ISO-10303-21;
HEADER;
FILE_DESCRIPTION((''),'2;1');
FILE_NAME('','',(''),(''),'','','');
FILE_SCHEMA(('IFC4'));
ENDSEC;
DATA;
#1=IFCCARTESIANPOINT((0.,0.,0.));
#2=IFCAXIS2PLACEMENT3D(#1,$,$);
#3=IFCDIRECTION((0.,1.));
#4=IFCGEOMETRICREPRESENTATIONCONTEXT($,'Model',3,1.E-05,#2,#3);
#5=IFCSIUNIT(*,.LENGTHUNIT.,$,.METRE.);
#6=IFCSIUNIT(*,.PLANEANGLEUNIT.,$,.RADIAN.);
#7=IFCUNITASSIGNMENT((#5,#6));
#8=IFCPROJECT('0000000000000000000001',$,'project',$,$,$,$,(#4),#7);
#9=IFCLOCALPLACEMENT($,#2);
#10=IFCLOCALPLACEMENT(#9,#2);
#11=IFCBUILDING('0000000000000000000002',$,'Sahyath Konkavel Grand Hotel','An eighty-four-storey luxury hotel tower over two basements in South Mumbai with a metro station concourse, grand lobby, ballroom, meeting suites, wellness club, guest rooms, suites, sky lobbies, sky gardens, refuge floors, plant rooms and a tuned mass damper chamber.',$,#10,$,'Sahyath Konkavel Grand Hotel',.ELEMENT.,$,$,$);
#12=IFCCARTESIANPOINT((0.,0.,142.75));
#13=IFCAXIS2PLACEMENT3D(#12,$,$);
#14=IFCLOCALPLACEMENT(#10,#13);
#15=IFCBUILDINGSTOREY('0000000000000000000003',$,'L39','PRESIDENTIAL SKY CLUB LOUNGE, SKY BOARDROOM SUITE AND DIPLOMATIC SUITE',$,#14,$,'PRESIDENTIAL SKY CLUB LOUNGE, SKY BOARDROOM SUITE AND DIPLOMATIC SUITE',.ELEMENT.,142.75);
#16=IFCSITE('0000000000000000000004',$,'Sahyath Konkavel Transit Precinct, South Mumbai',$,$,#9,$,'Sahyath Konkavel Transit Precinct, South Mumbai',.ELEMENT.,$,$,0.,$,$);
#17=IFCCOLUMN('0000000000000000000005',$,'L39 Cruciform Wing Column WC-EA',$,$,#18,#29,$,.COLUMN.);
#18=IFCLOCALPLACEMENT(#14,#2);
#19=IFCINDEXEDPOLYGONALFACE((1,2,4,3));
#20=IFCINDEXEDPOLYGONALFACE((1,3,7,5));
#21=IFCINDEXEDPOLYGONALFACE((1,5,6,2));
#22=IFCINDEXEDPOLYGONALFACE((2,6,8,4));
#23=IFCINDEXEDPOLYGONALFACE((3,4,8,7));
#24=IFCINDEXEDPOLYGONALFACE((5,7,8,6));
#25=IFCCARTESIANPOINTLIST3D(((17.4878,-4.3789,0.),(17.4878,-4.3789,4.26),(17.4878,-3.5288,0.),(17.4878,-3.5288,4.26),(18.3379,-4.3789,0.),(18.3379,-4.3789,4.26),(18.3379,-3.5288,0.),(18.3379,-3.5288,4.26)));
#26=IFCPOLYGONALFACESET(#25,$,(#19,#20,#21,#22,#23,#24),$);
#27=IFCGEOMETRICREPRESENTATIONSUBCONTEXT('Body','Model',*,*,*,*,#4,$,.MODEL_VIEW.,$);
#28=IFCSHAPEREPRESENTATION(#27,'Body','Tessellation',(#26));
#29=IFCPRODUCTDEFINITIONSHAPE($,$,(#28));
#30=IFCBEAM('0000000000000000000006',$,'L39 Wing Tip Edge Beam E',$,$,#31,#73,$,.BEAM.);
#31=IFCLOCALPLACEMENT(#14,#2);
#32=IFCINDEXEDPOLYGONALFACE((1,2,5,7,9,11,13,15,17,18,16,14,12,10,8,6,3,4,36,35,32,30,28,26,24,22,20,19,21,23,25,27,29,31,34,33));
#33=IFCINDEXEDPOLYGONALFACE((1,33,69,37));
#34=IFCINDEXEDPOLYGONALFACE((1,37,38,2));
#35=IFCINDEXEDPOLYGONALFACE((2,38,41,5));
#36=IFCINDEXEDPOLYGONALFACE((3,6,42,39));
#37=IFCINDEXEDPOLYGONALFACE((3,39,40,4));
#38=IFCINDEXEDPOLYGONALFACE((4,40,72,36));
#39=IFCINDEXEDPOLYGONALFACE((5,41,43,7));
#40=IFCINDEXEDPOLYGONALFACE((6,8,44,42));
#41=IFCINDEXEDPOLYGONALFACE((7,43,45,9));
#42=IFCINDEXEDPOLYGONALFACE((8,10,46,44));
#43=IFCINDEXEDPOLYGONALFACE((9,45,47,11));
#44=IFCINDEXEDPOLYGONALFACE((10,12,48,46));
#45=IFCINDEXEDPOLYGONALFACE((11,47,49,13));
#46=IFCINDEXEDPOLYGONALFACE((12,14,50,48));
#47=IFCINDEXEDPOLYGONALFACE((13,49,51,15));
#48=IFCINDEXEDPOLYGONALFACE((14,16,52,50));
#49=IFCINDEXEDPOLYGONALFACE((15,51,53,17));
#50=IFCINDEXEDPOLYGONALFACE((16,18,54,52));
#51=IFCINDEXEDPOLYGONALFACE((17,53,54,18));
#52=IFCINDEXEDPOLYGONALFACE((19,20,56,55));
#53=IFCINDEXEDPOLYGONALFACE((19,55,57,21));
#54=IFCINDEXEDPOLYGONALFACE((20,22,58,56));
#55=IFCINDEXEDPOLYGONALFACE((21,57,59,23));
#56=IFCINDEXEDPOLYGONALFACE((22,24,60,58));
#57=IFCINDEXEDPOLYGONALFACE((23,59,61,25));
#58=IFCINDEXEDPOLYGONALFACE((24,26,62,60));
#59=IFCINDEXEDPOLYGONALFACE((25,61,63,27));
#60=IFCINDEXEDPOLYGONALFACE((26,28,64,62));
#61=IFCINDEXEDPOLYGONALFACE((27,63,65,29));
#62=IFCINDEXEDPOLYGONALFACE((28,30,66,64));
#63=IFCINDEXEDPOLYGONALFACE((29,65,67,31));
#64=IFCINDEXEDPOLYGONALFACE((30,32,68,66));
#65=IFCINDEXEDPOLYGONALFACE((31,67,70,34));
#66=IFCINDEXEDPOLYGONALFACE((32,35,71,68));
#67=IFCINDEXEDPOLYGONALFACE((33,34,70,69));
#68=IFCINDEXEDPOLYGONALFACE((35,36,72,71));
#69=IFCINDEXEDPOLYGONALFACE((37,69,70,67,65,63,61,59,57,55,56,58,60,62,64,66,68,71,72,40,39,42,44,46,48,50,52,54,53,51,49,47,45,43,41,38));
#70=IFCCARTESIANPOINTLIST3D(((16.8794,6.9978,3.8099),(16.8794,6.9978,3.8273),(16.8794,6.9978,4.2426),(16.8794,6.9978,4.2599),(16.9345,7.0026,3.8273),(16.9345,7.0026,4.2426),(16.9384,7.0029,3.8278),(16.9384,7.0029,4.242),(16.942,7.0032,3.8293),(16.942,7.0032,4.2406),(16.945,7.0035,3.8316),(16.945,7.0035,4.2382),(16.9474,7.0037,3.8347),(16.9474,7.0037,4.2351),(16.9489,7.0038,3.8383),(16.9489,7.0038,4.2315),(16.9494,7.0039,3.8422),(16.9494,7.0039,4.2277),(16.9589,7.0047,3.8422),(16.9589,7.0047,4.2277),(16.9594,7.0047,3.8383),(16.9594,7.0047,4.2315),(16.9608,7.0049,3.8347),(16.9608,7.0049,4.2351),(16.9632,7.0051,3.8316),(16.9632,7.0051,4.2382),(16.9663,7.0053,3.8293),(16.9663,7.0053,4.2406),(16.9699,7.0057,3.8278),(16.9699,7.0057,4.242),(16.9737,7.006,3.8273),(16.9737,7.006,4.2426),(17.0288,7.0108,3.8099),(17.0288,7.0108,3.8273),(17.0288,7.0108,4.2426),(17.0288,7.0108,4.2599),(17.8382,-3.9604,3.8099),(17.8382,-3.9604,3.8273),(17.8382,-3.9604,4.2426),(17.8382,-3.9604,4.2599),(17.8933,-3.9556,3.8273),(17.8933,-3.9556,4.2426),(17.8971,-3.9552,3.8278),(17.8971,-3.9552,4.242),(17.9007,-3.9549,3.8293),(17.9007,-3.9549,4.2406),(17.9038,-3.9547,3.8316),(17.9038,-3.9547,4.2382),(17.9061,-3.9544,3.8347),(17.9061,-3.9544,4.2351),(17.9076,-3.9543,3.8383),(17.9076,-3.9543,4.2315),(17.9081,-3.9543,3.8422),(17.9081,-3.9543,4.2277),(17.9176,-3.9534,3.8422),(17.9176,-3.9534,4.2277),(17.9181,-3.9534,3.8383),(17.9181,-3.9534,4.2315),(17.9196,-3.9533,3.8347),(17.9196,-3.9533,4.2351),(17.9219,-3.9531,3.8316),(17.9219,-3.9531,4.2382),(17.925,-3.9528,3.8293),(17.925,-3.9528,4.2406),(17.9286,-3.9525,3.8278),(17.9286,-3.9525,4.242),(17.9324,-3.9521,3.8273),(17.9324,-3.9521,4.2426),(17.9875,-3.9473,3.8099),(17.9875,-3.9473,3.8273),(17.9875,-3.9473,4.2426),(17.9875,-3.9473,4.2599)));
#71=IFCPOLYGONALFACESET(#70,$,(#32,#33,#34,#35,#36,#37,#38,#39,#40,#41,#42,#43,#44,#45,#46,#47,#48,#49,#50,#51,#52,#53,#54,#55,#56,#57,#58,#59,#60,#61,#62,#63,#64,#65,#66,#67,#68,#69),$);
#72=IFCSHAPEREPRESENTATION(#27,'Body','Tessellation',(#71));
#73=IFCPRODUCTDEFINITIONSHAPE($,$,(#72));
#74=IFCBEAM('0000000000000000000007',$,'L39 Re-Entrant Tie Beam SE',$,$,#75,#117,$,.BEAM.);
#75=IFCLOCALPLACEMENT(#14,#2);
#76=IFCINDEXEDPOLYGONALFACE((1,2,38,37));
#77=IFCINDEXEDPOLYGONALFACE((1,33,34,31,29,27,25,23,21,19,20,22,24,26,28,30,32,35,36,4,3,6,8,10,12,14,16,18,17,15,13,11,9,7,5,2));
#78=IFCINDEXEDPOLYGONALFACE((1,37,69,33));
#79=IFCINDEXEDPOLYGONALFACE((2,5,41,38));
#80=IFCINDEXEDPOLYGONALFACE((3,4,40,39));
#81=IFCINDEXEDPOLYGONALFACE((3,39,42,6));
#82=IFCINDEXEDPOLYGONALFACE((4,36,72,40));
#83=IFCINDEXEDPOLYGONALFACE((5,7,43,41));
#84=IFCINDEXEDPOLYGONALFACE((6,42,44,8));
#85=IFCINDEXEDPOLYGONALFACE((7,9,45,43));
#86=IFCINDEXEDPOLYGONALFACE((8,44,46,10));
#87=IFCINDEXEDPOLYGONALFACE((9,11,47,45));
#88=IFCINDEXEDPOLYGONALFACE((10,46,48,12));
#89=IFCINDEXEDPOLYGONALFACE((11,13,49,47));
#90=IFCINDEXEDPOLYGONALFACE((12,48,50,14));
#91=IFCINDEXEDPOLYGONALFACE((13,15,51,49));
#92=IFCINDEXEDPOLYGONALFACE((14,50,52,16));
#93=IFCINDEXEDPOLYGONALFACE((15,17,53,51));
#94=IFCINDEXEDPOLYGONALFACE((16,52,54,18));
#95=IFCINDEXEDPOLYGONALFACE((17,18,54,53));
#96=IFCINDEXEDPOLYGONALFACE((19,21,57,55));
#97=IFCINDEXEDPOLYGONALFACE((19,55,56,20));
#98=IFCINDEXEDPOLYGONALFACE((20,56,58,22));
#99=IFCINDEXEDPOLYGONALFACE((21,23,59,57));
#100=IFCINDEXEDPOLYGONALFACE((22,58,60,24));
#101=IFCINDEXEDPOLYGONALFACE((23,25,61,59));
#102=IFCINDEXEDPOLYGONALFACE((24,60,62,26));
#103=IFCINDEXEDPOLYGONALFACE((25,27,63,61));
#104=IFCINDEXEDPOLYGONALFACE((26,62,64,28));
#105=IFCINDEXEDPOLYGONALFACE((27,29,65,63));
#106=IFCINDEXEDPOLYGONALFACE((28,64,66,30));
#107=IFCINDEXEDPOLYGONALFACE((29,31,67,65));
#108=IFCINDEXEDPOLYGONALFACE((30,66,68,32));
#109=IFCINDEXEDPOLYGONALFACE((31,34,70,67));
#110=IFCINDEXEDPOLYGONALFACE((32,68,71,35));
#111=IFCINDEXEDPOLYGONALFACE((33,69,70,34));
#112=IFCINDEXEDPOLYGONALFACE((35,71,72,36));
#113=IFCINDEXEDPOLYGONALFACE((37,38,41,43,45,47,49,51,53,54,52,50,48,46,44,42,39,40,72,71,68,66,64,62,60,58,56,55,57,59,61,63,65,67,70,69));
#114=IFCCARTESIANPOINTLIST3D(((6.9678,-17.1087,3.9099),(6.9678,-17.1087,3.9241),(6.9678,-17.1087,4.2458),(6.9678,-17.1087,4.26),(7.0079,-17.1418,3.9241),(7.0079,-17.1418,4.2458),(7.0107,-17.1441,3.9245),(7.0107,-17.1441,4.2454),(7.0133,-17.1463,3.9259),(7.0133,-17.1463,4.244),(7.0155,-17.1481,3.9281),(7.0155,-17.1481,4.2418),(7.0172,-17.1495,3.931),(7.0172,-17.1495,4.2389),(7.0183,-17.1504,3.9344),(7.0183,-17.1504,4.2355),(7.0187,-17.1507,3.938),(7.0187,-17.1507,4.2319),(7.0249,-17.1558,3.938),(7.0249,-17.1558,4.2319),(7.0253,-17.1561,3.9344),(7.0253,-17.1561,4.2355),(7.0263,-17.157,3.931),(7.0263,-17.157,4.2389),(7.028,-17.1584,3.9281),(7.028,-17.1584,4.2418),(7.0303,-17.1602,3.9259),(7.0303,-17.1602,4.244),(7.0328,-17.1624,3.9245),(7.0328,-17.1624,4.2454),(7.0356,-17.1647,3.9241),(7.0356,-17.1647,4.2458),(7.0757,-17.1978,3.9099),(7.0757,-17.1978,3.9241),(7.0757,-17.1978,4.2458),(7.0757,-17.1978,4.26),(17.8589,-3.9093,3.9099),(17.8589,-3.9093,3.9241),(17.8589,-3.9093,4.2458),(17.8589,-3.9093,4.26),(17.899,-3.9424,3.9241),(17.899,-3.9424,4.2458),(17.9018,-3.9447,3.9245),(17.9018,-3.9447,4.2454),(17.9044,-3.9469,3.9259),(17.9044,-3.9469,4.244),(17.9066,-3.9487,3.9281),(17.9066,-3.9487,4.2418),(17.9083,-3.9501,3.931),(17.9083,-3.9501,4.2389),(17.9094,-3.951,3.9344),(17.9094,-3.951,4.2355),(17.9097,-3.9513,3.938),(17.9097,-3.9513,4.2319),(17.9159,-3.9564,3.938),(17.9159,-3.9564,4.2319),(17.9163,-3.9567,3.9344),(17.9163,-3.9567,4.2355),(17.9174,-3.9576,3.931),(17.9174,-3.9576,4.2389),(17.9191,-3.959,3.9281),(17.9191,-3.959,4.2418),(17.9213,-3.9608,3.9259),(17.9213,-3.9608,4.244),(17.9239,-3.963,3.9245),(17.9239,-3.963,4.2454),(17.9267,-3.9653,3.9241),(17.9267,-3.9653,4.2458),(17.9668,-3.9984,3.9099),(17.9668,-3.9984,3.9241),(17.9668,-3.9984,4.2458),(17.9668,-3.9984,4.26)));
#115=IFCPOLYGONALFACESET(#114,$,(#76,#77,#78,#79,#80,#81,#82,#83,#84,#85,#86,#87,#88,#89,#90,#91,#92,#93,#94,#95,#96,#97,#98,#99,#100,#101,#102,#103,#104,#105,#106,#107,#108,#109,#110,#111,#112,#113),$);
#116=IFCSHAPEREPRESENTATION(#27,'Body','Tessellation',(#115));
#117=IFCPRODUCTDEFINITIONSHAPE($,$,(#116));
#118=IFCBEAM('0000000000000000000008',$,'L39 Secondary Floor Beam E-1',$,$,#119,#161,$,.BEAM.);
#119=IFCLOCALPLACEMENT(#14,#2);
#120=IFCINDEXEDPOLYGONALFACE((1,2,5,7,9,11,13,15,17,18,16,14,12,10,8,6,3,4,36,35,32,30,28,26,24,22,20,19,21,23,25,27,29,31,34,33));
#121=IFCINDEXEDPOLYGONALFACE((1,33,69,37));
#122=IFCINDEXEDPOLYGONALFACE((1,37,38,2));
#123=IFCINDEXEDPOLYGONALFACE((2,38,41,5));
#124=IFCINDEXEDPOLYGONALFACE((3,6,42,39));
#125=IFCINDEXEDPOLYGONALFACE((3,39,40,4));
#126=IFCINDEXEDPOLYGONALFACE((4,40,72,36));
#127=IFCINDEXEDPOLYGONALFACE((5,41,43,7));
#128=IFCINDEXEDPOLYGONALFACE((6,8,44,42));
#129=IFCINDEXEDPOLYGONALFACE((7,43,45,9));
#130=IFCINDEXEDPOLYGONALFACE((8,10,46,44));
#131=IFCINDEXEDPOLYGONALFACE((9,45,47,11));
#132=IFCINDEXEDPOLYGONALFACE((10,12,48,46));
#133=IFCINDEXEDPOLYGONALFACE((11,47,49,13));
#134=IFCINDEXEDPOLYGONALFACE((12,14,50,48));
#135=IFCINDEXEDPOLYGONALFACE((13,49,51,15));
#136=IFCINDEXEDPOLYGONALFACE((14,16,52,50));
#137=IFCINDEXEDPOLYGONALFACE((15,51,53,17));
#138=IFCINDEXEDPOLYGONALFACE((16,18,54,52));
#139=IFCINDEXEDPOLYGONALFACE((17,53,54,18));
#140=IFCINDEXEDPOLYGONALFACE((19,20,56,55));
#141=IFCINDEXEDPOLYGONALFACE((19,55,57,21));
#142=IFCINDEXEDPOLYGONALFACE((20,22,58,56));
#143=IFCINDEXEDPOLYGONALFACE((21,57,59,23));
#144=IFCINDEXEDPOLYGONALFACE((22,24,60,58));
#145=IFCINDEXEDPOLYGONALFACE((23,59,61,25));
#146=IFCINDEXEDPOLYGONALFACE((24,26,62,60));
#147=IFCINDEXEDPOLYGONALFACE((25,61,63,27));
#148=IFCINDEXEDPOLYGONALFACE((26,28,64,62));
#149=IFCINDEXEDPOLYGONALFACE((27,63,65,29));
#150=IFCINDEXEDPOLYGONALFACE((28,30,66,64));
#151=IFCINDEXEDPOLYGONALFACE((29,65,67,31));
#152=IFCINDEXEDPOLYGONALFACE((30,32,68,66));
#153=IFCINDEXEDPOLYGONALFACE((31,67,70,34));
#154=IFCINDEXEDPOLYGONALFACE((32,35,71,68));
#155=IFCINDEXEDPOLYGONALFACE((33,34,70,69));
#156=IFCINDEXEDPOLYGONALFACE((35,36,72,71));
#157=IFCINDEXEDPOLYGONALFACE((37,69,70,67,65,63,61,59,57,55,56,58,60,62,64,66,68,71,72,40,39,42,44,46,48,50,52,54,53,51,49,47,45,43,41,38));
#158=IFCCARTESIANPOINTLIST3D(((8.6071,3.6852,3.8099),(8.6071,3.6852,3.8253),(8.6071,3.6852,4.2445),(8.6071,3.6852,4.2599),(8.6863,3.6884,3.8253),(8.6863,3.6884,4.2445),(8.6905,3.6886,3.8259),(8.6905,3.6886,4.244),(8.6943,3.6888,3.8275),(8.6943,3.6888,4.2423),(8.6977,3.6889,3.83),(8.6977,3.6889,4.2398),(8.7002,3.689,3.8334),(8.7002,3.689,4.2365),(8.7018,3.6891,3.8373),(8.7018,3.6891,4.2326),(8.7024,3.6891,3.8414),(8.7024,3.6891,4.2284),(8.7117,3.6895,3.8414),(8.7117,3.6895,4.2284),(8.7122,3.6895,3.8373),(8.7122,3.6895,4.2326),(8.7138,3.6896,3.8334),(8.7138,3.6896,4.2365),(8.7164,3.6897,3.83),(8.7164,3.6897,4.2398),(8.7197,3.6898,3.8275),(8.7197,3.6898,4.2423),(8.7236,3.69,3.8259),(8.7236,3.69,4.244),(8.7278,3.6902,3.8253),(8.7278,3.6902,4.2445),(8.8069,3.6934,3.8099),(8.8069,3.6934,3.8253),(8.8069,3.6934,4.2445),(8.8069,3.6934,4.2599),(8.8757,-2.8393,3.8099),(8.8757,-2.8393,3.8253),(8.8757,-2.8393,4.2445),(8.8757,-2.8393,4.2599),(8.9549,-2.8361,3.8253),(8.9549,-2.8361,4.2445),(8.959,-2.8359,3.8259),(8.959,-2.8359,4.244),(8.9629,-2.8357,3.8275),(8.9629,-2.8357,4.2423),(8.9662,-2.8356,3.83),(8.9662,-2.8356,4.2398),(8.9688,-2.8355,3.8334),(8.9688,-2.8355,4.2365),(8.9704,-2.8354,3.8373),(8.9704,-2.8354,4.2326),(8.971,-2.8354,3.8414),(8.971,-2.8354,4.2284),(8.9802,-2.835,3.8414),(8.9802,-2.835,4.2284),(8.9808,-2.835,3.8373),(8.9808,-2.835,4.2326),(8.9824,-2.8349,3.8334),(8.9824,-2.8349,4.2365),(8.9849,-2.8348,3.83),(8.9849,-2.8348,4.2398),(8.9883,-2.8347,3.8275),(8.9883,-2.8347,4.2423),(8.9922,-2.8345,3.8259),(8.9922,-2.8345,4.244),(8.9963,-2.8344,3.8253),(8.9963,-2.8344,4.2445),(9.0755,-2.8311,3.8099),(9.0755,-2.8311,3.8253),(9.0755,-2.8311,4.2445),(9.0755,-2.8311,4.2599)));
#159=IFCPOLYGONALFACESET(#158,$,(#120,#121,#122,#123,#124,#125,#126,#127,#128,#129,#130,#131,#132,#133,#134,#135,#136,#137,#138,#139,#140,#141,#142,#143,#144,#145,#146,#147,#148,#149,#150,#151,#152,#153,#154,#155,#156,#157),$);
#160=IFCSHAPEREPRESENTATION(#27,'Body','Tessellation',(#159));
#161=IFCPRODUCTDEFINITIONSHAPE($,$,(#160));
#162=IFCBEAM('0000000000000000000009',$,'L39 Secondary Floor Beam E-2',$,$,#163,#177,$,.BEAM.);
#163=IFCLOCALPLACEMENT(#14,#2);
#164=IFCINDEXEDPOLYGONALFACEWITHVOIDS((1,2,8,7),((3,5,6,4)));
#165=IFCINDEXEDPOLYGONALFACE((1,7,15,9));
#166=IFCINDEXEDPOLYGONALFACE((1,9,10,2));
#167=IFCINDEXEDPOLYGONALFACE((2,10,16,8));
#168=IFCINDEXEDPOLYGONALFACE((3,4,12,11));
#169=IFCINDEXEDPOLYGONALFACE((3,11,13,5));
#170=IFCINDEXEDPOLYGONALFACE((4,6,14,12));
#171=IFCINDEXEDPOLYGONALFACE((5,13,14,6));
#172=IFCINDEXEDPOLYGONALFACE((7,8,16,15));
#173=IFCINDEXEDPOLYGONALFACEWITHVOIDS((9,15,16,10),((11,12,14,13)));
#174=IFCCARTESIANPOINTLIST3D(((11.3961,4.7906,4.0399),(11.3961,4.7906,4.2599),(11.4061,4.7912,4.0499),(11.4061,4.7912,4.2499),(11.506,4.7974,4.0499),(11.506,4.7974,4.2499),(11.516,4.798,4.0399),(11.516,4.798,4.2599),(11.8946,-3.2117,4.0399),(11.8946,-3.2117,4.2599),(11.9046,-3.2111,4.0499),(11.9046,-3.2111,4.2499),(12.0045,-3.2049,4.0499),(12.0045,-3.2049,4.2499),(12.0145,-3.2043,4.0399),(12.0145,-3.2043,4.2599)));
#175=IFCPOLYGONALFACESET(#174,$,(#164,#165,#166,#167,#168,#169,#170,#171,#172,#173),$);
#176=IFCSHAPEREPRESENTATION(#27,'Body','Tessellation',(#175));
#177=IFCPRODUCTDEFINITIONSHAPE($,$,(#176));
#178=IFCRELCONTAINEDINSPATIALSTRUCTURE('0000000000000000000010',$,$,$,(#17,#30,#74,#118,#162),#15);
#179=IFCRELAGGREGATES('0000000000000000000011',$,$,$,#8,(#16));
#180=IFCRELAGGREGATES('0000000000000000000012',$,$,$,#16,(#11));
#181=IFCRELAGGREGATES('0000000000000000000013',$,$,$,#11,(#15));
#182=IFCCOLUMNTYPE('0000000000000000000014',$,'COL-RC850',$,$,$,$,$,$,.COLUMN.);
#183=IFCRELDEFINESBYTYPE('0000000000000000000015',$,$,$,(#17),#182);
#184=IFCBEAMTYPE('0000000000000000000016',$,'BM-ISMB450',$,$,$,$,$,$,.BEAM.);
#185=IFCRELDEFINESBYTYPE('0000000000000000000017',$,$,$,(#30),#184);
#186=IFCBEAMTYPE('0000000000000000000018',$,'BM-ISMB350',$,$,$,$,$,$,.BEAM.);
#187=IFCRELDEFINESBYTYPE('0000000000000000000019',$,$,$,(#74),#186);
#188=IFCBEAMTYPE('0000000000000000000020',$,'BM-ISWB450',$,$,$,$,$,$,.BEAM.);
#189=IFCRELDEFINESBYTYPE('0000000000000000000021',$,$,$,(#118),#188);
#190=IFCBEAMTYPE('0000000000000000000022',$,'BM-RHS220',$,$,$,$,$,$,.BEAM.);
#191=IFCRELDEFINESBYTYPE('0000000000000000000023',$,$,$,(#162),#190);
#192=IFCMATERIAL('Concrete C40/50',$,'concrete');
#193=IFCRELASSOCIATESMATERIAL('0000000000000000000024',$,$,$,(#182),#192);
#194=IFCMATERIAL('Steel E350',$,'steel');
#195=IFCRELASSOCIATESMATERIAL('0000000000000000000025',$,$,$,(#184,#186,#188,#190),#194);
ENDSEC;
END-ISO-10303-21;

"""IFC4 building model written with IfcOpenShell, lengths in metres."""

from ifc_helpers import new_model, si_unit, direction, frame, origin, origin_2d, place, context, subcontext, project, spatial, rectangle, hollow_rectangle, i_section, extrude, source, transform, mapped, material, material_profile, profile_set, type_object, element, save


model = new_model("IFC4")

# Units and contexts
model_context = context("Model", 3, precision=1e-05, world=origin(), true_north=direction((0.0, 1.0)))
body_context = subcontext(model_context, "Body", "Model", "MODEL_VIEW")
ifc_project = project(units=[si_unit("LENGTHUNIT", "METRE"), si_unit("PLANEANGLEUNIT", "RADIAN")], contexts=[model_context])

# Site, building, storey
site_placement = place(None, origin())
site = spatial("IfcSite", under=ifc_project, at=site_placement, Name="Sahyath Konkavel Transit Precinct, South Mumbai", LongName="Sahyath Konkavel Transit Precinct, South Mumbai", CompositionType="ELEMENT", RefElevation=0.0)
building_placement = place(site_placement, origin())
building = spatial("IfcBuilding", under=site, at=building_placement, Name="Sahyath Konkavel Grand Hotel", Description="An eighty-four-storey luxury hotel tower over two basements in South Mumbai with a metro station concourse, grand lobby, ballroom, meeting suites, wellness club, guest rooms, suites, sky lobbies, sky gardens, refuge floors, plant rooms and a tuned mass damper chamber.", LongName="Sahyath Konkavel Grand Hotel", CompositionType="ELEMENT")
storey_placement = place(building_placement, frame((0.0, 0.0, 142.75)))
storey = spatial("IfcBuildingStorey", under=building, at=storey_placement, Name="L39", Description="PRESIDENTIAL SKY CLUB LOUNGE, SKY BOARDROOM SUITE AND DIPLOMATIC SUITE", LongName="PRESIDENTIAL SKY CLUB LOUNGE, SKY BOARDROOM SUITE AND DIPLOMATIC SUITE", CompositionType="ELEMENT", Elevation=142.75)

# Column
ifc_material_1 = material(Name="Concrete C40/50", Category="concrete")
ifc_material_profile_1 = material_profile(ifc_material_1, rectangle(XDim=0.8501, YDim=0.8501, at=origin_2d()), Name="RC 850x850")
ifc_profile_set_1 = profile_set([ifc_material_profile_1], Name="Concrete C40/50")
column_type = type_object("IfcColumnType", Name="COL-RC850", PredefinedType="COLUMN", material=ifc_profile_set_1)
shared_shape_1 = source(origin(), body_context, "Body", "SweptSolid", [
    extrude(rectangle(XDim=0.8501, YDim=0.8501, at=origin_2d()), origin(), (0.0, 0.0, 1.0), 4.26),
])
column_placement = place(storey_placement, frame((17.9128, -3.9539, 0.0), z_axis=(0.0, 0.0, 1.0), x_axis=(1.0, 0.0, 0.0)))
element("IfcColumn", 1, at=column_placement, inside=storey, type_object=column_type, Name="L39 Cruciform Wing Column WC-EA", PredefinedType="COLUMN", context=body_context, shape_type="MappedRepresentation", body=[
    mapped(shared_shape_1, transform((0.0, 0.0, 0.0), scale=1.0)),
])

# Beams
ifc_material_2 = material(Name="Steel E350", Category="steel")
ifc_material_profile_2 = material_profile(ifc_material_2, i_section(OverallWidth=0.1499, OverallDepth=0.45, WebThickness=0.0095, FlangeThickness=0.0173, FilletRadius=0.0149, at=origin_2d()), Name="ISMB 450")
ifc_profile_set_2 = profile_set([ifc_material_profile_2], Name="Steel E350")
beam_type_1 = type_object("IfcBeamType", Name="BM-ISMB450", PredefinedType="BEAM", material=ifc_profile_set_2)
shared_shape_2 = source(origin(), body_context, "Body", "SweptSolid", [
    extrude(i_section(OverallWidth=0.1499, OverallDepth=0.45, WebThickness=0.0095, FlangeThickness=0.0173, FilletRadius=0.0149, at=origin_2d()), origin(), (0.0, 0.0, 1.0), 11.0),
])
beam_1_placement = place(storey_placement, frame((17.9128, -3.9539, 4.0349), z_axis=(-0.087157, 0.996195, 0.0), x_axis=(-0.996195, -0.087157, 0.0)))
element("IfcBeam", 2, at=beam_1_placement, inside=storey, type_object=beam_type_1, Name="L39 Wing Tip Edge Beam E", PredefinedType="BEAM", context=body_context, shape_type="MappedRepresentation", body=[
    mapped(shared_shape_2, transform((0.0, 0.0, 0.0), scale=1.0)),
])
ifc_material_profile_3 = material_profile(ifc_material_2, i_section(OverallWidth=0.1399, OverallDepth=0.3501, WebThickness=0.0081, FlangeThickness=0.0142, FilletRadius=0.0139, at=origin_2d()), Name="ISMB 350")
ifc_profile_set_3 = profile_set([ifc_material_profile_3], Name="Steel E350")
beam_type_2 = type_object("IfcBeamType", Name="BM-ISMB350", PredefinedType="BEAM", material=ifc_profile_set_3)
shared_shape_3 = source(origin(), body_context, "Body", "SweptSolid", [
    extrude(i_section(OverallWidth=0.1399, OverallDepth=0.3501, WebThickness=0.0081, FlangeThickness=0.0142, FilletRadius=0.0139, at=origin_2d()), origin(), (0.0, 0.0, 1.0), 17.1125),
])
beam_2_placement = place(storey_placement, frame((17.9128, -3.9539, 4.085), z_axis=(-0.636437, -0.771329, 0.0), x_axis=(0.771329, -0.636437, 0.0)))
element("IfcBeam", 3, at=beam_2_placement, inside=storey, type_object=beam_type_2, Name="L39 Re-Entrant Tie Beam SE", PredefinedType="BEAM", context=body_context, shape_type="MappedRepresentation", body=[
    mapped(shared_shape_3, transform((0.0, 0.0, 0.0), scale=1.0)),
])
ifc_material_profile_4 = material_profile(ifc_material_2, i_section(OverallWidth=0.2, OverallDepth=0.45, WebThickness=0.0093, FlangeThickness=0.0154, FilletRadius=0.0161, at=origin_2d()), Name="ISWB 450")
ifc_profile_set_4 = profile_set([ifc_material_profile_4], Name="Steel E350")
beam_type_3 = type_object("IfcBeamType", Name="BM-ISWB450", PredefinedType="BEAM", material=ifc_profile_set_4)
shared_shape_4 = source(origin(), body_context, "Body", "SweptSolid", [
    extrude(i_section(OverallWidth=0.2, OverallDepth=0.45, WebThickness=0.0093, FlangeThickness=0.0154, FilletRadius=0.0161, at=origin_2d()), origin(), (0.0, 0.0, 1.0), 6.53),
])
beam_3_placement = place(storey_placement, frame((8.9756, -2.8352, 4.0349), z_axis=(-0.041127, 0.999154, 0.0), x_axis=(-0.999154, -0.041127, 0.0)))
element("IfcBeam", 4, at=beam_3_placement, inside=storey, type_object=beam_type_3, Name="L39 Secondary Floor Beam E-1", PredefinedType="BEAM", context=body_context, shape_type="MappedRepresentation", body=[
    mapped(shared_shape_4, transform((0.0, 0.0, 0.0), scale=1.0)),
])
ifc_material_profile_5 = material_profile(ifc_material_2, hollow_rectangle(XDim=0.1201, YDim=0.22, WallThickness=0.01, at=origin_2d()), Name="RHS 220x120x10")
ifc_profile_set_5 = profile_set([ifc_material_profile_5], Name="Steel E350")
beam_type_4 = type_object("IfcBeamType", Name="BM-RHS220", PredefinedType="BEAM", material=ifc_profile_set_5)
shared_shape_5 = source(origin(), body_context, "Body", "SweptSolid", [
    extrude(hollow_rectangle(XDim=0.1201, YDim=0.22, WallThickness=0.01, at=origin_2d()), origin(), (0.0, 0.0, 1.0), 8.0178),
])
beam_4_placement = place(storey_placement, frame((11.9546, -3.208, 4.1499), z_axis=(-0.062179, 0.998065, 0.0), x_axis=(-0.998065, -0.062179, 0.0)))
element("IfcBeam", 5, at=beam_4_placement, inside=storey, type_object=beam_type_4, Name="L39 Secondary Floor Beam E-2", PredefinedType="BEAM", context=body_context, shape_type="MappedRepresentation", body=[
    mapped(shared_shape_5, transform((0.0, 0.0, 0.0), scale=1.0)),
])

save(model, "model.ifc")
